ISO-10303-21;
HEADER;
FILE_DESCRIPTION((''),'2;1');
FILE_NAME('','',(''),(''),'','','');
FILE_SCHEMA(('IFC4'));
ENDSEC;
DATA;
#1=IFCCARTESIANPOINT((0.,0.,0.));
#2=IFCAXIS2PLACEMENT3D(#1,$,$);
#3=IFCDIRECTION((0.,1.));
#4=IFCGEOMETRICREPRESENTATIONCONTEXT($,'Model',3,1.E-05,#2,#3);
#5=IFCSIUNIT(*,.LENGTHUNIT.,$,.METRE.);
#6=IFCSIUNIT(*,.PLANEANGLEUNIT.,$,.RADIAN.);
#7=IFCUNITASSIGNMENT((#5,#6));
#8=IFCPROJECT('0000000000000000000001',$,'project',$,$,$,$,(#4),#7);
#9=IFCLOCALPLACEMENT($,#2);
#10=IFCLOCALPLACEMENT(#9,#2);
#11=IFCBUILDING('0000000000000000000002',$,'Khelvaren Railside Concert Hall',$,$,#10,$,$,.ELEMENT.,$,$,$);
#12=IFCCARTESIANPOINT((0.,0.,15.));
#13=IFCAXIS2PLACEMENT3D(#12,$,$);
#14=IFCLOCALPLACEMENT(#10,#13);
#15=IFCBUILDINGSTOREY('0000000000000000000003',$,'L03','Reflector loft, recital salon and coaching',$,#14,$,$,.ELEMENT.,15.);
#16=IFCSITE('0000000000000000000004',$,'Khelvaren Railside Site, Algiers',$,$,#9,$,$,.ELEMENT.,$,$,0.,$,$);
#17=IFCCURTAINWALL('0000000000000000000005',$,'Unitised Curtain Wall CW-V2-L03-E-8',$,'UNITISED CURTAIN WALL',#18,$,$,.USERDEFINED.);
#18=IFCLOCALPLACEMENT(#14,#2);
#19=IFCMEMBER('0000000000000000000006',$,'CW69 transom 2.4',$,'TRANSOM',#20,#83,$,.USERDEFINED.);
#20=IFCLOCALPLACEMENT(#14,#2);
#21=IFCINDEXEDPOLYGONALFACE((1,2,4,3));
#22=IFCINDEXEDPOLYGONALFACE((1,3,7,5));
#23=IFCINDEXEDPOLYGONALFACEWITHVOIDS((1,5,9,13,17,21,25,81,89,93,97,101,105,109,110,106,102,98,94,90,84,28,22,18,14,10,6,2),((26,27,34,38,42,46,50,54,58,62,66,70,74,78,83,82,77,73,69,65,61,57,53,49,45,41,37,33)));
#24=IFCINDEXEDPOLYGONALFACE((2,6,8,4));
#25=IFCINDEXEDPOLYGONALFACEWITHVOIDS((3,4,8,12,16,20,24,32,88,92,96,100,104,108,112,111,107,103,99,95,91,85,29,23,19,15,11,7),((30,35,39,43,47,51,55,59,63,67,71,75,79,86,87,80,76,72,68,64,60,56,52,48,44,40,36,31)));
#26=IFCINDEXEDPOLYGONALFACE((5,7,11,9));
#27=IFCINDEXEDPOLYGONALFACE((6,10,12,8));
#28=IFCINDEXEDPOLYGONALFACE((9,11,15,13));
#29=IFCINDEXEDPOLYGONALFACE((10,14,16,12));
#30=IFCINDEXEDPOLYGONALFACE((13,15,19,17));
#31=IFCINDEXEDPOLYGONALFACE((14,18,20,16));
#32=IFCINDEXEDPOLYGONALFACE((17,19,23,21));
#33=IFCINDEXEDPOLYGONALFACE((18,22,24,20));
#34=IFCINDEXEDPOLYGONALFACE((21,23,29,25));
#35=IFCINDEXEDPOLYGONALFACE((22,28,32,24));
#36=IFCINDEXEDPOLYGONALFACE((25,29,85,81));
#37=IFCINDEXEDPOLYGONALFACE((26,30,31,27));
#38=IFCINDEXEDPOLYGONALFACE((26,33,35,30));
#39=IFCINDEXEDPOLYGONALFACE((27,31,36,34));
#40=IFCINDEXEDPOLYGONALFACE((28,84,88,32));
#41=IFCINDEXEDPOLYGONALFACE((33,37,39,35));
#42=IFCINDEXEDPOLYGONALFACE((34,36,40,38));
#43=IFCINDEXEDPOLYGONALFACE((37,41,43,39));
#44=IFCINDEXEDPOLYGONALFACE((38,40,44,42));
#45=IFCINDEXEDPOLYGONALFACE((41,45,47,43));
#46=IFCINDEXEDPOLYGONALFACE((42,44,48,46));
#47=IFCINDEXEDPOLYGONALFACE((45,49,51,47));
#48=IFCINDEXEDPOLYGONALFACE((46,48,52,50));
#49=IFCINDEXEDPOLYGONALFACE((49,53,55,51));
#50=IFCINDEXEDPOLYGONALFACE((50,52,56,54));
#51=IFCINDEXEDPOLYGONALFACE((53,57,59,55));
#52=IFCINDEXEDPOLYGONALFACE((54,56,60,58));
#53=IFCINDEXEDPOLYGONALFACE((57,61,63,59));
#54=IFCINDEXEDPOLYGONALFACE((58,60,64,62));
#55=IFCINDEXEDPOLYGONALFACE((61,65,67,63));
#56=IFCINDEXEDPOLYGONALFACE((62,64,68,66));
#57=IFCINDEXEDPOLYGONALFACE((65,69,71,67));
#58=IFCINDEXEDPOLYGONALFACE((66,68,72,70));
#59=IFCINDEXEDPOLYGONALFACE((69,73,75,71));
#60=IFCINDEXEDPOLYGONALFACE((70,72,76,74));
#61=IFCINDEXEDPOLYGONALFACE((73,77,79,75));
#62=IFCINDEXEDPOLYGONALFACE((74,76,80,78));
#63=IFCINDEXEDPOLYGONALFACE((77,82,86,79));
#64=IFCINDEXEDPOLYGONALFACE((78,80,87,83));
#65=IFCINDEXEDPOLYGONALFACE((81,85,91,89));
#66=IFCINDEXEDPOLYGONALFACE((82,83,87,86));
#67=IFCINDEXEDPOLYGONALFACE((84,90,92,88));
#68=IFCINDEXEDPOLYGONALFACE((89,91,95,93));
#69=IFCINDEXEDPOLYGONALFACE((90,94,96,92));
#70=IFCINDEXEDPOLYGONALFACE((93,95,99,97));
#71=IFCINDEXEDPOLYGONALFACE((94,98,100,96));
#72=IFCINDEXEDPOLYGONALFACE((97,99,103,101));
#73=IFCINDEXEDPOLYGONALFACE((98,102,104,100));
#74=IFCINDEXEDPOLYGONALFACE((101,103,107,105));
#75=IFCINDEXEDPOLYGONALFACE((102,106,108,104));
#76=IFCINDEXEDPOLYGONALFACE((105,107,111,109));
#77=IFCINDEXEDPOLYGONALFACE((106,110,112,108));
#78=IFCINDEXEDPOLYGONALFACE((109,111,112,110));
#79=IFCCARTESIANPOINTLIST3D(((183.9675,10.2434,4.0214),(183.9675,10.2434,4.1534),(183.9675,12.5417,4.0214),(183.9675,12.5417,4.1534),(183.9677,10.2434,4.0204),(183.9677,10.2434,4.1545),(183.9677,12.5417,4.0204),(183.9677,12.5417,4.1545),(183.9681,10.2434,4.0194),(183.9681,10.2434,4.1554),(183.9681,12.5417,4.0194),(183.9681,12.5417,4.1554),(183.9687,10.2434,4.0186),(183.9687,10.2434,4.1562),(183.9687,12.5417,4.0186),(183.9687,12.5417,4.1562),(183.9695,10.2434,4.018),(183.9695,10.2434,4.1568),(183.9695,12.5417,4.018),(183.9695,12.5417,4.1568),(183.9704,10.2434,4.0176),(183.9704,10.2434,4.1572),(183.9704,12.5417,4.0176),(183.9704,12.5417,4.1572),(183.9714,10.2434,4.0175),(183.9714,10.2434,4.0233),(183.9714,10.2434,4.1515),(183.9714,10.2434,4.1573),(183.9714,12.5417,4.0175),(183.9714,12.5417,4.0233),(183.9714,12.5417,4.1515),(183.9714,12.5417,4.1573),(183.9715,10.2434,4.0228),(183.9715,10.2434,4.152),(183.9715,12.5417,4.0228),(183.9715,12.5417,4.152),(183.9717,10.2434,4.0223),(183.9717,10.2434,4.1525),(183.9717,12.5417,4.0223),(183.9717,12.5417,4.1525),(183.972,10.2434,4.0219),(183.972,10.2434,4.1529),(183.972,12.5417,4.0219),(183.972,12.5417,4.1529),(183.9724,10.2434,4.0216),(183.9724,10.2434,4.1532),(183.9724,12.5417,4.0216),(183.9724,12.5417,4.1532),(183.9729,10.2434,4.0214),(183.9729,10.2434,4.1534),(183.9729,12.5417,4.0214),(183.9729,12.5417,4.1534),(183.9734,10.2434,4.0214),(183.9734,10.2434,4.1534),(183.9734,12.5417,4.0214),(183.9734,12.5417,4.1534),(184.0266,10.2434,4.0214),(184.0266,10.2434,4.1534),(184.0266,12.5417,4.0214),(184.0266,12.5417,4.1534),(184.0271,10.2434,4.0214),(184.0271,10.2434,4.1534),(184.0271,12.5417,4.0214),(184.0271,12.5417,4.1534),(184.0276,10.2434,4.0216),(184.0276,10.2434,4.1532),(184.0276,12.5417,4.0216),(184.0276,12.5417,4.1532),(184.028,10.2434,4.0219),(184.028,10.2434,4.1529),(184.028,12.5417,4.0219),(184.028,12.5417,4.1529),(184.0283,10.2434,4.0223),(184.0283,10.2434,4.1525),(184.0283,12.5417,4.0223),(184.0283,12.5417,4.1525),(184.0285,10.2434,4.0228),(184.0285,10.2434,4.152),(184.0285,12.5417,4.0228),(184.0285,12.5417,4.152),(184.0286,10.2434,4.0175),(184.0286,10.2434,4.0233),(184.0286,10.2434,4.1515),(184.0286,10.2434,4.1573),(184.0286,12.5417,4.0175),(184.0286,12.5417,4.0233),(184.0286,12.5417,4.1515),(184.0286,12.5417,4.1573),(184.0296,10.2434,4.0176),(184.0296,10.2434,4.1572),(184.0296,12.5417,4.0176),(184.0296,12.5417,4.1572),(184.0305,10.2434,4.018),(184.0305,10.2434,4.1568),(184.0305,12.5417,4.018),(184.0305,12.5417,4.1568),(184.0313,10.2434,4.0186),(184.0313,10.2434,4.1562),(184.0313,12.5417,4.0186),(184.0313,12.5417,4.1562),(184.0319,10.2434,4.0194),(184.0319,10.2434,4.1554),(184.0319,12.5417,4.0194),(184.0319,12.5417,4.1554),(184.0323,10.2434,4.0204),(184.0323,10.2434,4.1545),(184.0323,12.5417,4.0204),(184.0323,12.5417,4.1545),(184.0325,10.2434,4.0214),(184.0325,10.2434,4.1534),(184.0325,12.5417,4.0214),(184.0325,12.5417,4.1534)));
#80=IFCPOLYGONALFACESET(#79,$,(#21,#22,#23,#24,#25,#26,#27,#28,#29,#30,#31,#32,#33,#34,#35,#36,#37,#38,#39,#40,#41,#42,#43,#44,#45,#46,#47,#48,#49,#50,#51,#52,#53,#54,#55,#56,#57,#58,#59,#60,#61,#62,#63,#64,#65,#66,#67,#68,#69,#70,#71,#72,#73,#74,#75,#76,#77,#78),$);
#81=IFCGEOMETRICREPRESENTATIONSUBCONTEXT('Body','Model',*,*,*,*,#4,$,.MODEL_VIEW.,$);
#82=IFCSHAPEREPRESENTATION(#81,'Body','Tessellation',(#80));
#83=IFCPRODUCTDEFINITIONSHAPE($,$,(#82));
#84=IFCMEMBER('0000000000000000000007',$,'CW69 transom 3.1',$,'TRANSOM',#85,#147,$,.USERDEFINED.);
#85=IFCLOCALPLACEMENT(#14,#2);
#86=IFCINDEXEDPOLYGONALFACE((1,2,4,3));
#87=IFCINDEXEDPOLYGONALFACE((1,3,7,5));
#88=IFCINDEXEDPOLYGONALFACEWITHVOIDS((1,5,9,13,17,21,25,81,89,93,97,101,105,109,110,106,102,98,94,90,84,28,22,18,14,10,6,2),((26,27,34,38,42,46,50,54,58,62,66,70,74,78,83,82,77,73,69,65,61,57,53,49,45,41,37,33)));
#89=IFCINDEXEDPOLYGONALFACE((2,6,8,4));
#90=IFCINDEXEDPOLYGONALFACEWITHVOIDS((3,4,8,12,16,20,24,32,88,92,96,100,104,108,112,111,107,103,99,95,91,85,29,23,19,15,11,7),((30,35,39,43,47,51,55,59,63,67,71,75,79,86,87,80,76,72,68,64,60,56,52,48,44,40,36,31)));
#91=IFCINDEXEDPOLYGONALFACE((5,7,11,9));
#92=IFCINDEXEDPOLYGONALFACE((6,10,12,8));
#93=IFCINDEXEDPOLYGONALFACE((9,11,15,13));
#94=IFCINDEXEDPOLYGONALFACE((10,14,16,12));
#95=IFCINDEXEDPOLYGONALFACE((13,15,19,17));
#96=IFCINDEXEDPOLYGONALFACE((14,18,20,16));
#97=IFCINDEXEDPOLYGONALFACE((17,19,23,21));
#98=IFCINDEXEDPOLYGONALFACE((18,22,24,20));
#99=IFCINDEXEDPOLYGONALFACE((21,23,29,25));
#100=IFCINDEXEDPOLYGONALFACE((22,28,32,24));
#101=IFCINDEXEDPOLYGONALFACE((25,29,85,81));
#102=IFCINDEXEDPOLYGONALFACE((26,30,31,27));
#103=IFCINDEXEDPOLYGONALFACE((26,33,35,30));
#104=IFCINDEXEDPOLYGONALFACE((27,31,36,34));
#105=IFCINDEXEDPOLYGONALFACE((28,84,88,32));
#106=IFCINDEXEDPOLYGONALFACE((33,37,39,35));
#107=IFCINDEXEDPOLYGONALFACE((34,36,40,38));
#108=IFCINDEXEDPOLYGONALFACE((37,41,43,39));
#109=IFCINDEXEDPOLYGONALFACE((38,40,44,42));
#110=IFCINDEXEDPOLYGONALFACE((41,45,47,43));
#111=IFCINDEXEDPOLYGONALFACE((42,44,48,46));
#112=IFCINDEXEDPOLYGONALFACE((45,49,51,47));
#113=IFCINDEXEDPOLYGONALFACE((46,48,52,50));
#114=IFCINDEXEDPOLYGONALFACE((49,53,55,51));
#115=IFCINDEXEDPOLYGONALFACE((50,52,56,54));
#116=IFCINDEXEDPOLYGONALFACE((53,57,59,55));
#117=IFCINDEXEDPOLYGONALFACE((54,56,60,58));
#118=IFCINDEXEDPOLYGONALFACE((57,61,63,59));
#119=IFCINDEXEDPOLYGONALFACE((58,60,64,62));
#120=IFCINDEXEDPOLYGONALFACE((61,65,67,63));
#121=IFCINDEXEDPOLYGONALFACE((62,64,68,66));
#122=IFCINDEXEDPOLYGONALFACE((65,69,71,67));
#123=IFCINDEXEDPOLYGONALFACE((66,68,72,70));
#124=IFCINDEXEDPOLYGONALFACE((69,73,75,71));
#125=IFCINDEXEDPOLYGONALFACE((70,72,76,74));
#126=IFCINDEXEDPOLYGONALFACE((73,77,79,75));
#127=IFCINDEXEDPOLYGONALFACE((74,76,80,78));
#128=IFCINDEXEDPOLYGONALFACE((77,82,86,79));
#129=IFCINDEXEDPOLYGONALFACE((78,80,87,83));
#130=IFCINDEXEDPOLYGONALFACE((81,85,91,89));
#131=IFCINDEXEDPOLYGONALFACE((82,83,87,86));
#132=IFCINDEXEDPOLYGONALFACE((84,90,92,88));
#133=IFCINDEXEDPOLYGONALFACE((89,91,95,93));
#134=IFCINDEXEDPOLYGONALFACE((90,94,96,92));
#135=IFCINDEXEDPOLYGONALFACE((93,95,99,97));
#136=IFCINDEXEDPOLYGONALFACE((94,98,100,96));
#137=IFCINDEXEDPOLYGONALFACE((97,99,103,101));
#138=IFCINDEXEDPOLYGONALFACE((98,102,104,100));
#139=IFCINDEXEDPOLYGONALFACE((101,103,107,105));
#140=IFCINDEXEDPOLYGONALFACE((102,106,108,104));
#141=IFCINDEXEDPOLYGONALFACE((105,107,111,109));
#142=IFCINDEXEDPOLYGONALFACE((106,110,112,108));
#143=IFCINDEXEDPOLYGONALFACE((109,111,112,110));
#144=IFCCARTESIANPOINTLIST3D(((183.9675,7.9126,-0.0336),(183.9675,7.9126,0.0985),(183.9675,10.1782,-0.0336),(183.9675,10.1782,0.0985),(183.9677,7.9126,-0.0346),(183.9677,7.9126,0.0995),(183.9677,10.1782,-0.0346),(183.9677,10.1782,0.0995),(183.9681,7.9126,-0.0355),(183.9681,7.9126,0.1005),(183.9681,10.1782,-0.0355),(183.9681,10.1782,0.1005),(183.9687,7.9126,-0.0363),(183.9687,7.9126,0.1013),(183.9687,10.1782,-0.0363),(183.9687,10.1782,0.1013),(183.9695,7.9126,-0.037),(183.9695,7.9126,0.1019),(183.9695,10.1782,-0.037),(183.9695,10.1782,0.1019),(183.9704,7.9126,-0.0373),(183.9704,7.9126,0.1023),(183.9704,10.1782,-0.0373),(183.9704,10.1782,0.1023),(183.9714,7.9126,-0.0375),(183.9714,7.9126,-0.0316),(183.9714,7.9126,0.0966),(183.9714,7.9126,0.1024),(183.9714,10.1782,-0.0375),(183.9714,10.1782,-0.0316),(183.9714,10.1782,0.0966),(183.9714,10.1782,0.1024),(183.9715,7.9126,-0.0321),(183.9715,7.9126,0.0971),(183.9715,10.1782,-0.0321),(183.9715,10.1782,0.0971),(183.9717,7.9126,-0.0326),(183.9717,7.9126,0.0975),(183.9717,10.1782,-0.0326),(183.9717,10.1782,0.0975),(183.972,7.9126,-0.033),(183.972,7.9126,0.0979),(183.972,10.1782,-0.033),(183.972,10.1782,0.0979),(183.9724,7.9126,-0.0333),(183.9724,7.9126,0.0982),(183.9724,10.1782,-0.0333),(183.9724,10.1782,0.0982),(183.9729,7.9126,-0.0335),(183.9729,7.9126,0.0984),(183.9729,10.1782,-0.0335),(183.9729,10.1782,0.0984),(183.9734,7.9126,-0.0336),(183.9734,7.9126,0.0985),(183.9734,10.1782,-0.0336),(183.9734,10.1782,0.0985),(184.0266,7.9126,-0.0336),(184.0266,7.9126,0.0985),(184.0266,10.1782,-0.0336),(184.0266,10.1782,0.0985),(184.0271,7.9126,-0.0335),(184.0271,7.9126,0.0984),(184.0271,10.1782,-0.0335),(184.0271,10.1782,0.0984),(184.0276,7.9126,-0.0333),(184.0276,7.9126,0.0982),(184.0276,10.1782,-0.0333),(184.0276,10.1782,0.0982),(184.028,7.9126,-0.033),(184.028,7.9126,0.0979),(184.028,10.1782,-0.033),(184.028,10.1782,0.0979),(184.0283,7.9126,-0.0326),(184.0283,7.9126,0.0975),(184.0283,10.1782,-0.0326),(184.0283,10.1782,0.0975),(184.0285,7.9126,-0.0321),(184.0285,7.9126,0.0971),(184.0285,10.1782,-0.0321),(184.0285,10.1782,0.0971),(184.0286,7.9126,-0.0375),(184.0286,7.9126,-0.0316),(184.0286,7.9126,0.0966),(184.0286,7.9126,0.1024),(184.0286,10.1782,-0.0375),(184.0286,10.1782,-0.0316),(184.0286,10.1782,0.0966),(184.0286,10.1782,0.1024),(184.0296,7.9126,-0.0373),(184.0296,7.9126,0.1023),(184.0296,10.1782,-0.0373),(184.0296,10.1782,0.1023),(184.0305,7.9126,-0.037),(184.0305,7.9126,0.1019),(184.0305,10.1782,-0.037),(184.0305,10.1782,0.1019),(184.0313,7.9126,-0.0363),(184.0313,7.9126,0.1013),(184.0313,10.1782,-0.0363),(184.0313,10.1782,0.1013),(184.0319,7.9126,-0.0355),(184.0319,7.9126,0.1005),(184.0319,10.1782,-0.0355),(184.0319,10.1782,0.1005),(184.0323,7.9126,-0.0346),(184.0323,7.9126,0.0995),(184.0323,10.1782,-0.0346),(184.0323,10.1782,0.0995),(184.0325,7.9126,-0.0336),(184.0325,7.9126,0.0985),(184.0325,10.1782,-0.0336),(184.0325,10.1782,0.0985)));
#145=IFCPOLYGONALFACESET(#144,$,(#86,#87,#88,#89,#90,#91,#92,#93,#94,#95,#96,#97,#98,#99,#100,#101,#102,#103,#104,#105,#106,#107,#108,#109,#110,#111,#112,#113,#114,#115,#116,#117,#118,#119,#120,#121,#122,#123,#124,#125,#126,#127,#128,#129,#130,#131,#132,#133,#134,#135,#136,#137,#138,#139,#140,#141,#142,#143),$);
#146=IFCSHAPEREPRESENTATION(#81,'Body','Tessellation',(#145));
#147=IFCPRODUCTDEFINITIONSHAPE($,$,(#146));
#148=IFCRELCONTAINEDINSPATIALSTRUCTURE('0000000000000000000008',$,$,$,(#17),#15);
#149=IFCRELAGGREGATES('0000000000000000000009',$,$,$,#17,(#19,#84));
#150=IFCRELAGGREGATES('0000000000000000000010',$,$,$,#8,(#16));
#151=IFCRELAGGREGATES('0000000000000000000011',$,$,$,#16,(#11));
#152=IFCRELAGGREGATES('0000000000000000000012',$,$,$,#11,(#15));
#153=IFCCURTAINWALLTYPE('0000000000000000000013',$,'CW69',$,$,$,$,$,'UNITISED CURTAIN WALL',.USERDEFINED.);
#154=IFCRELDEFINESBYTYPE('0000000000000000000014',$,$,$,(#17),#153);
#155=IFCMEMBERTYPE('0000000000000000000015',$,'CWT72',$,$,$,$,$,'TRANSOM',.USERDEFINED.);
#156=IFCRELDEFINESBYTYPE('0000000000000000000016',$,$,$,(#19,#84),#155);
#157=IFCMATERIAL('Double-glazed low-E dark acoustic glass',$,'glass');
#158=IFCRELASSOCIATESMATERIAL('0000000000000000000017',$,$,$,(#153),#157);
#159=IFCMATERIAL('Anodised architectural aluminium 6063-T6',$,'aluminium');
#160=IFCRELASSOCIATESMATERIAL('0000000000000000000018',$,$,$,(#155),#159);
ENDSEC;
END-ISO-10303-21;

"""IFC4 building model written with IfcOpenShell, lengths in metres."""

from ifc_helpers import new_model, si_unit, direction, frame, origin, origin_2d, place, context, subcontext, project, spatial, hollow_rectangle, extrude, material, material_profile, profile_set, type_object, element, aggregate, save


model = new_model("IFC4")

# Units and contexts
model_context = context("Model", 3, precision=1e-05, world=origin(), true_north=direction((0.0, 1.0)))
body_context = subcontext(model_context, "Body", "Model", "MODEL_VIEW")
ifc_project = project(units=[si_unit("LENGTHUNIT", "METRE"), si_unit("PLANEANGLEUNIT", "RADIAN")], contexts=[model_context])

# Site, building, storey
site_placement = place(None, origin())
site = spatial("IfcSite", under=ifc_project, at=site_placement, Name="Khelvaren Railside Site, Algiers", CompositionType="ELEMENT", RefElevation=0.0)
building_placement = place(site_placement, origin())
building = spatial("IfcBuilding", under=site, at=building_placement, Name="Khelvaren Railside Concert Hall", CompositionType="ELEMENT")
storey_placement = place(building_placement, frame((0.0, 0.0, 15.0)))
storey = spatial("IfcBuildingStorey", under=building, at=storey_placement, Name="L03", Description="Reflector loft, recital salon and coaching", CompositionType="ELEMENT", Elevation=15.0)

# Curtain wall
ifc_material_1 = material(Name="Double-glazed low-E dark acoustic glass", Category="glass")
ifc_material_2 = material(Name="Anodised architectural aluminium 6063-T6", Category="aluminium")
curtain_wall_type_1 = type_object("IfcCurtainWallType", Name="CW69", ElementType="UNITISED CURTAIN WALL", PredefinedType="USERDEFINED", material=ifc_material_1)
curtain_wall_1_placement = place(storey_placement, origin())
curtain_wall_1 = element("IfcCurtainWall", 1, at=curtain_wall_1_placement, inside=storey, type_object=curtain_wall_type_1, Name="Unitised Curtain Wall CW-V2-L03-E-8", ObjectType="UNITISED CURTAIN WALL", PredefinedType="USERDEFINED")

# Members
ifc_material_profile_1 = material_profile(ifc_material_2, hollow_rectangle(XDim=0.0649, YDim=0.1399, WallThickness=0.0039, InnerFilletRadius=0.002, OuterFilletRadius=0.0039, at=origin_2d()), Name="CWT 65x140x4")
ifc_profile_set_1 = profile_set([ifc_material_profile_1], Name="Anodised architectural aluminium 6063-T6")
member_type_1 = type_object("IfcMemberType", Name="CWT72", ElementType="TRANSOM", PredefinedType="USERDEFINED", material=ifc_profile_set_1)
member_1_placement = place(storey_placement, frame((184.0, 12.5417, 4.0874), z_axis=(0.0, -1.0, 0.0), x_axis=(1.0, 0.0, 0.0)))
member_1 = element("IfcMember", 2, at=member_1_placement, type_object=member_type_1, Name="CW69 transom 2.4", ObjectType="TRANSOM", PredefinedType="USERDEFINED", context=body_context, shape_type="SweptSolid", body=[
    extrude(hollow_rectangle(XDim=0.0649, YDim=0.1399, WallThickness=0.0039, InnerFilletRadius=0.002, OuterFilletRadius=0.0039, at=origin_2d()), origin(), (0.0, 0.0, 1.0), 2.2983),
])
member_2_placement = place(storey_placement, frame((184.0, 10.1782, 0.0325), z_axis=(0.0, -1.0, 0.0), x_axis=(1.0, 0.0, 0.0)))
member_2 = element("IfcMember", 3, at=member_2_placement, type_object=member_type_1, Name="CW69 transom 3.1", ObjectType="TRANSOM", PredefinedType="USERDEFINED", context=body_context, shape_type="SweptSolid", body=[
    extrude(hollow_rectangle(XDim=0.0649, YDim=0.1399, WallThickness=0.0039, InnerFilletRadius=0.002, OuterFilletRadius=0.0039, at=origin_2d()), origin(), (0.0, 0.0, 1.0), 2.2656),
])

aggregate(curtain_wall_1, [member_1, member_2])

save(model, "model.ifc")
